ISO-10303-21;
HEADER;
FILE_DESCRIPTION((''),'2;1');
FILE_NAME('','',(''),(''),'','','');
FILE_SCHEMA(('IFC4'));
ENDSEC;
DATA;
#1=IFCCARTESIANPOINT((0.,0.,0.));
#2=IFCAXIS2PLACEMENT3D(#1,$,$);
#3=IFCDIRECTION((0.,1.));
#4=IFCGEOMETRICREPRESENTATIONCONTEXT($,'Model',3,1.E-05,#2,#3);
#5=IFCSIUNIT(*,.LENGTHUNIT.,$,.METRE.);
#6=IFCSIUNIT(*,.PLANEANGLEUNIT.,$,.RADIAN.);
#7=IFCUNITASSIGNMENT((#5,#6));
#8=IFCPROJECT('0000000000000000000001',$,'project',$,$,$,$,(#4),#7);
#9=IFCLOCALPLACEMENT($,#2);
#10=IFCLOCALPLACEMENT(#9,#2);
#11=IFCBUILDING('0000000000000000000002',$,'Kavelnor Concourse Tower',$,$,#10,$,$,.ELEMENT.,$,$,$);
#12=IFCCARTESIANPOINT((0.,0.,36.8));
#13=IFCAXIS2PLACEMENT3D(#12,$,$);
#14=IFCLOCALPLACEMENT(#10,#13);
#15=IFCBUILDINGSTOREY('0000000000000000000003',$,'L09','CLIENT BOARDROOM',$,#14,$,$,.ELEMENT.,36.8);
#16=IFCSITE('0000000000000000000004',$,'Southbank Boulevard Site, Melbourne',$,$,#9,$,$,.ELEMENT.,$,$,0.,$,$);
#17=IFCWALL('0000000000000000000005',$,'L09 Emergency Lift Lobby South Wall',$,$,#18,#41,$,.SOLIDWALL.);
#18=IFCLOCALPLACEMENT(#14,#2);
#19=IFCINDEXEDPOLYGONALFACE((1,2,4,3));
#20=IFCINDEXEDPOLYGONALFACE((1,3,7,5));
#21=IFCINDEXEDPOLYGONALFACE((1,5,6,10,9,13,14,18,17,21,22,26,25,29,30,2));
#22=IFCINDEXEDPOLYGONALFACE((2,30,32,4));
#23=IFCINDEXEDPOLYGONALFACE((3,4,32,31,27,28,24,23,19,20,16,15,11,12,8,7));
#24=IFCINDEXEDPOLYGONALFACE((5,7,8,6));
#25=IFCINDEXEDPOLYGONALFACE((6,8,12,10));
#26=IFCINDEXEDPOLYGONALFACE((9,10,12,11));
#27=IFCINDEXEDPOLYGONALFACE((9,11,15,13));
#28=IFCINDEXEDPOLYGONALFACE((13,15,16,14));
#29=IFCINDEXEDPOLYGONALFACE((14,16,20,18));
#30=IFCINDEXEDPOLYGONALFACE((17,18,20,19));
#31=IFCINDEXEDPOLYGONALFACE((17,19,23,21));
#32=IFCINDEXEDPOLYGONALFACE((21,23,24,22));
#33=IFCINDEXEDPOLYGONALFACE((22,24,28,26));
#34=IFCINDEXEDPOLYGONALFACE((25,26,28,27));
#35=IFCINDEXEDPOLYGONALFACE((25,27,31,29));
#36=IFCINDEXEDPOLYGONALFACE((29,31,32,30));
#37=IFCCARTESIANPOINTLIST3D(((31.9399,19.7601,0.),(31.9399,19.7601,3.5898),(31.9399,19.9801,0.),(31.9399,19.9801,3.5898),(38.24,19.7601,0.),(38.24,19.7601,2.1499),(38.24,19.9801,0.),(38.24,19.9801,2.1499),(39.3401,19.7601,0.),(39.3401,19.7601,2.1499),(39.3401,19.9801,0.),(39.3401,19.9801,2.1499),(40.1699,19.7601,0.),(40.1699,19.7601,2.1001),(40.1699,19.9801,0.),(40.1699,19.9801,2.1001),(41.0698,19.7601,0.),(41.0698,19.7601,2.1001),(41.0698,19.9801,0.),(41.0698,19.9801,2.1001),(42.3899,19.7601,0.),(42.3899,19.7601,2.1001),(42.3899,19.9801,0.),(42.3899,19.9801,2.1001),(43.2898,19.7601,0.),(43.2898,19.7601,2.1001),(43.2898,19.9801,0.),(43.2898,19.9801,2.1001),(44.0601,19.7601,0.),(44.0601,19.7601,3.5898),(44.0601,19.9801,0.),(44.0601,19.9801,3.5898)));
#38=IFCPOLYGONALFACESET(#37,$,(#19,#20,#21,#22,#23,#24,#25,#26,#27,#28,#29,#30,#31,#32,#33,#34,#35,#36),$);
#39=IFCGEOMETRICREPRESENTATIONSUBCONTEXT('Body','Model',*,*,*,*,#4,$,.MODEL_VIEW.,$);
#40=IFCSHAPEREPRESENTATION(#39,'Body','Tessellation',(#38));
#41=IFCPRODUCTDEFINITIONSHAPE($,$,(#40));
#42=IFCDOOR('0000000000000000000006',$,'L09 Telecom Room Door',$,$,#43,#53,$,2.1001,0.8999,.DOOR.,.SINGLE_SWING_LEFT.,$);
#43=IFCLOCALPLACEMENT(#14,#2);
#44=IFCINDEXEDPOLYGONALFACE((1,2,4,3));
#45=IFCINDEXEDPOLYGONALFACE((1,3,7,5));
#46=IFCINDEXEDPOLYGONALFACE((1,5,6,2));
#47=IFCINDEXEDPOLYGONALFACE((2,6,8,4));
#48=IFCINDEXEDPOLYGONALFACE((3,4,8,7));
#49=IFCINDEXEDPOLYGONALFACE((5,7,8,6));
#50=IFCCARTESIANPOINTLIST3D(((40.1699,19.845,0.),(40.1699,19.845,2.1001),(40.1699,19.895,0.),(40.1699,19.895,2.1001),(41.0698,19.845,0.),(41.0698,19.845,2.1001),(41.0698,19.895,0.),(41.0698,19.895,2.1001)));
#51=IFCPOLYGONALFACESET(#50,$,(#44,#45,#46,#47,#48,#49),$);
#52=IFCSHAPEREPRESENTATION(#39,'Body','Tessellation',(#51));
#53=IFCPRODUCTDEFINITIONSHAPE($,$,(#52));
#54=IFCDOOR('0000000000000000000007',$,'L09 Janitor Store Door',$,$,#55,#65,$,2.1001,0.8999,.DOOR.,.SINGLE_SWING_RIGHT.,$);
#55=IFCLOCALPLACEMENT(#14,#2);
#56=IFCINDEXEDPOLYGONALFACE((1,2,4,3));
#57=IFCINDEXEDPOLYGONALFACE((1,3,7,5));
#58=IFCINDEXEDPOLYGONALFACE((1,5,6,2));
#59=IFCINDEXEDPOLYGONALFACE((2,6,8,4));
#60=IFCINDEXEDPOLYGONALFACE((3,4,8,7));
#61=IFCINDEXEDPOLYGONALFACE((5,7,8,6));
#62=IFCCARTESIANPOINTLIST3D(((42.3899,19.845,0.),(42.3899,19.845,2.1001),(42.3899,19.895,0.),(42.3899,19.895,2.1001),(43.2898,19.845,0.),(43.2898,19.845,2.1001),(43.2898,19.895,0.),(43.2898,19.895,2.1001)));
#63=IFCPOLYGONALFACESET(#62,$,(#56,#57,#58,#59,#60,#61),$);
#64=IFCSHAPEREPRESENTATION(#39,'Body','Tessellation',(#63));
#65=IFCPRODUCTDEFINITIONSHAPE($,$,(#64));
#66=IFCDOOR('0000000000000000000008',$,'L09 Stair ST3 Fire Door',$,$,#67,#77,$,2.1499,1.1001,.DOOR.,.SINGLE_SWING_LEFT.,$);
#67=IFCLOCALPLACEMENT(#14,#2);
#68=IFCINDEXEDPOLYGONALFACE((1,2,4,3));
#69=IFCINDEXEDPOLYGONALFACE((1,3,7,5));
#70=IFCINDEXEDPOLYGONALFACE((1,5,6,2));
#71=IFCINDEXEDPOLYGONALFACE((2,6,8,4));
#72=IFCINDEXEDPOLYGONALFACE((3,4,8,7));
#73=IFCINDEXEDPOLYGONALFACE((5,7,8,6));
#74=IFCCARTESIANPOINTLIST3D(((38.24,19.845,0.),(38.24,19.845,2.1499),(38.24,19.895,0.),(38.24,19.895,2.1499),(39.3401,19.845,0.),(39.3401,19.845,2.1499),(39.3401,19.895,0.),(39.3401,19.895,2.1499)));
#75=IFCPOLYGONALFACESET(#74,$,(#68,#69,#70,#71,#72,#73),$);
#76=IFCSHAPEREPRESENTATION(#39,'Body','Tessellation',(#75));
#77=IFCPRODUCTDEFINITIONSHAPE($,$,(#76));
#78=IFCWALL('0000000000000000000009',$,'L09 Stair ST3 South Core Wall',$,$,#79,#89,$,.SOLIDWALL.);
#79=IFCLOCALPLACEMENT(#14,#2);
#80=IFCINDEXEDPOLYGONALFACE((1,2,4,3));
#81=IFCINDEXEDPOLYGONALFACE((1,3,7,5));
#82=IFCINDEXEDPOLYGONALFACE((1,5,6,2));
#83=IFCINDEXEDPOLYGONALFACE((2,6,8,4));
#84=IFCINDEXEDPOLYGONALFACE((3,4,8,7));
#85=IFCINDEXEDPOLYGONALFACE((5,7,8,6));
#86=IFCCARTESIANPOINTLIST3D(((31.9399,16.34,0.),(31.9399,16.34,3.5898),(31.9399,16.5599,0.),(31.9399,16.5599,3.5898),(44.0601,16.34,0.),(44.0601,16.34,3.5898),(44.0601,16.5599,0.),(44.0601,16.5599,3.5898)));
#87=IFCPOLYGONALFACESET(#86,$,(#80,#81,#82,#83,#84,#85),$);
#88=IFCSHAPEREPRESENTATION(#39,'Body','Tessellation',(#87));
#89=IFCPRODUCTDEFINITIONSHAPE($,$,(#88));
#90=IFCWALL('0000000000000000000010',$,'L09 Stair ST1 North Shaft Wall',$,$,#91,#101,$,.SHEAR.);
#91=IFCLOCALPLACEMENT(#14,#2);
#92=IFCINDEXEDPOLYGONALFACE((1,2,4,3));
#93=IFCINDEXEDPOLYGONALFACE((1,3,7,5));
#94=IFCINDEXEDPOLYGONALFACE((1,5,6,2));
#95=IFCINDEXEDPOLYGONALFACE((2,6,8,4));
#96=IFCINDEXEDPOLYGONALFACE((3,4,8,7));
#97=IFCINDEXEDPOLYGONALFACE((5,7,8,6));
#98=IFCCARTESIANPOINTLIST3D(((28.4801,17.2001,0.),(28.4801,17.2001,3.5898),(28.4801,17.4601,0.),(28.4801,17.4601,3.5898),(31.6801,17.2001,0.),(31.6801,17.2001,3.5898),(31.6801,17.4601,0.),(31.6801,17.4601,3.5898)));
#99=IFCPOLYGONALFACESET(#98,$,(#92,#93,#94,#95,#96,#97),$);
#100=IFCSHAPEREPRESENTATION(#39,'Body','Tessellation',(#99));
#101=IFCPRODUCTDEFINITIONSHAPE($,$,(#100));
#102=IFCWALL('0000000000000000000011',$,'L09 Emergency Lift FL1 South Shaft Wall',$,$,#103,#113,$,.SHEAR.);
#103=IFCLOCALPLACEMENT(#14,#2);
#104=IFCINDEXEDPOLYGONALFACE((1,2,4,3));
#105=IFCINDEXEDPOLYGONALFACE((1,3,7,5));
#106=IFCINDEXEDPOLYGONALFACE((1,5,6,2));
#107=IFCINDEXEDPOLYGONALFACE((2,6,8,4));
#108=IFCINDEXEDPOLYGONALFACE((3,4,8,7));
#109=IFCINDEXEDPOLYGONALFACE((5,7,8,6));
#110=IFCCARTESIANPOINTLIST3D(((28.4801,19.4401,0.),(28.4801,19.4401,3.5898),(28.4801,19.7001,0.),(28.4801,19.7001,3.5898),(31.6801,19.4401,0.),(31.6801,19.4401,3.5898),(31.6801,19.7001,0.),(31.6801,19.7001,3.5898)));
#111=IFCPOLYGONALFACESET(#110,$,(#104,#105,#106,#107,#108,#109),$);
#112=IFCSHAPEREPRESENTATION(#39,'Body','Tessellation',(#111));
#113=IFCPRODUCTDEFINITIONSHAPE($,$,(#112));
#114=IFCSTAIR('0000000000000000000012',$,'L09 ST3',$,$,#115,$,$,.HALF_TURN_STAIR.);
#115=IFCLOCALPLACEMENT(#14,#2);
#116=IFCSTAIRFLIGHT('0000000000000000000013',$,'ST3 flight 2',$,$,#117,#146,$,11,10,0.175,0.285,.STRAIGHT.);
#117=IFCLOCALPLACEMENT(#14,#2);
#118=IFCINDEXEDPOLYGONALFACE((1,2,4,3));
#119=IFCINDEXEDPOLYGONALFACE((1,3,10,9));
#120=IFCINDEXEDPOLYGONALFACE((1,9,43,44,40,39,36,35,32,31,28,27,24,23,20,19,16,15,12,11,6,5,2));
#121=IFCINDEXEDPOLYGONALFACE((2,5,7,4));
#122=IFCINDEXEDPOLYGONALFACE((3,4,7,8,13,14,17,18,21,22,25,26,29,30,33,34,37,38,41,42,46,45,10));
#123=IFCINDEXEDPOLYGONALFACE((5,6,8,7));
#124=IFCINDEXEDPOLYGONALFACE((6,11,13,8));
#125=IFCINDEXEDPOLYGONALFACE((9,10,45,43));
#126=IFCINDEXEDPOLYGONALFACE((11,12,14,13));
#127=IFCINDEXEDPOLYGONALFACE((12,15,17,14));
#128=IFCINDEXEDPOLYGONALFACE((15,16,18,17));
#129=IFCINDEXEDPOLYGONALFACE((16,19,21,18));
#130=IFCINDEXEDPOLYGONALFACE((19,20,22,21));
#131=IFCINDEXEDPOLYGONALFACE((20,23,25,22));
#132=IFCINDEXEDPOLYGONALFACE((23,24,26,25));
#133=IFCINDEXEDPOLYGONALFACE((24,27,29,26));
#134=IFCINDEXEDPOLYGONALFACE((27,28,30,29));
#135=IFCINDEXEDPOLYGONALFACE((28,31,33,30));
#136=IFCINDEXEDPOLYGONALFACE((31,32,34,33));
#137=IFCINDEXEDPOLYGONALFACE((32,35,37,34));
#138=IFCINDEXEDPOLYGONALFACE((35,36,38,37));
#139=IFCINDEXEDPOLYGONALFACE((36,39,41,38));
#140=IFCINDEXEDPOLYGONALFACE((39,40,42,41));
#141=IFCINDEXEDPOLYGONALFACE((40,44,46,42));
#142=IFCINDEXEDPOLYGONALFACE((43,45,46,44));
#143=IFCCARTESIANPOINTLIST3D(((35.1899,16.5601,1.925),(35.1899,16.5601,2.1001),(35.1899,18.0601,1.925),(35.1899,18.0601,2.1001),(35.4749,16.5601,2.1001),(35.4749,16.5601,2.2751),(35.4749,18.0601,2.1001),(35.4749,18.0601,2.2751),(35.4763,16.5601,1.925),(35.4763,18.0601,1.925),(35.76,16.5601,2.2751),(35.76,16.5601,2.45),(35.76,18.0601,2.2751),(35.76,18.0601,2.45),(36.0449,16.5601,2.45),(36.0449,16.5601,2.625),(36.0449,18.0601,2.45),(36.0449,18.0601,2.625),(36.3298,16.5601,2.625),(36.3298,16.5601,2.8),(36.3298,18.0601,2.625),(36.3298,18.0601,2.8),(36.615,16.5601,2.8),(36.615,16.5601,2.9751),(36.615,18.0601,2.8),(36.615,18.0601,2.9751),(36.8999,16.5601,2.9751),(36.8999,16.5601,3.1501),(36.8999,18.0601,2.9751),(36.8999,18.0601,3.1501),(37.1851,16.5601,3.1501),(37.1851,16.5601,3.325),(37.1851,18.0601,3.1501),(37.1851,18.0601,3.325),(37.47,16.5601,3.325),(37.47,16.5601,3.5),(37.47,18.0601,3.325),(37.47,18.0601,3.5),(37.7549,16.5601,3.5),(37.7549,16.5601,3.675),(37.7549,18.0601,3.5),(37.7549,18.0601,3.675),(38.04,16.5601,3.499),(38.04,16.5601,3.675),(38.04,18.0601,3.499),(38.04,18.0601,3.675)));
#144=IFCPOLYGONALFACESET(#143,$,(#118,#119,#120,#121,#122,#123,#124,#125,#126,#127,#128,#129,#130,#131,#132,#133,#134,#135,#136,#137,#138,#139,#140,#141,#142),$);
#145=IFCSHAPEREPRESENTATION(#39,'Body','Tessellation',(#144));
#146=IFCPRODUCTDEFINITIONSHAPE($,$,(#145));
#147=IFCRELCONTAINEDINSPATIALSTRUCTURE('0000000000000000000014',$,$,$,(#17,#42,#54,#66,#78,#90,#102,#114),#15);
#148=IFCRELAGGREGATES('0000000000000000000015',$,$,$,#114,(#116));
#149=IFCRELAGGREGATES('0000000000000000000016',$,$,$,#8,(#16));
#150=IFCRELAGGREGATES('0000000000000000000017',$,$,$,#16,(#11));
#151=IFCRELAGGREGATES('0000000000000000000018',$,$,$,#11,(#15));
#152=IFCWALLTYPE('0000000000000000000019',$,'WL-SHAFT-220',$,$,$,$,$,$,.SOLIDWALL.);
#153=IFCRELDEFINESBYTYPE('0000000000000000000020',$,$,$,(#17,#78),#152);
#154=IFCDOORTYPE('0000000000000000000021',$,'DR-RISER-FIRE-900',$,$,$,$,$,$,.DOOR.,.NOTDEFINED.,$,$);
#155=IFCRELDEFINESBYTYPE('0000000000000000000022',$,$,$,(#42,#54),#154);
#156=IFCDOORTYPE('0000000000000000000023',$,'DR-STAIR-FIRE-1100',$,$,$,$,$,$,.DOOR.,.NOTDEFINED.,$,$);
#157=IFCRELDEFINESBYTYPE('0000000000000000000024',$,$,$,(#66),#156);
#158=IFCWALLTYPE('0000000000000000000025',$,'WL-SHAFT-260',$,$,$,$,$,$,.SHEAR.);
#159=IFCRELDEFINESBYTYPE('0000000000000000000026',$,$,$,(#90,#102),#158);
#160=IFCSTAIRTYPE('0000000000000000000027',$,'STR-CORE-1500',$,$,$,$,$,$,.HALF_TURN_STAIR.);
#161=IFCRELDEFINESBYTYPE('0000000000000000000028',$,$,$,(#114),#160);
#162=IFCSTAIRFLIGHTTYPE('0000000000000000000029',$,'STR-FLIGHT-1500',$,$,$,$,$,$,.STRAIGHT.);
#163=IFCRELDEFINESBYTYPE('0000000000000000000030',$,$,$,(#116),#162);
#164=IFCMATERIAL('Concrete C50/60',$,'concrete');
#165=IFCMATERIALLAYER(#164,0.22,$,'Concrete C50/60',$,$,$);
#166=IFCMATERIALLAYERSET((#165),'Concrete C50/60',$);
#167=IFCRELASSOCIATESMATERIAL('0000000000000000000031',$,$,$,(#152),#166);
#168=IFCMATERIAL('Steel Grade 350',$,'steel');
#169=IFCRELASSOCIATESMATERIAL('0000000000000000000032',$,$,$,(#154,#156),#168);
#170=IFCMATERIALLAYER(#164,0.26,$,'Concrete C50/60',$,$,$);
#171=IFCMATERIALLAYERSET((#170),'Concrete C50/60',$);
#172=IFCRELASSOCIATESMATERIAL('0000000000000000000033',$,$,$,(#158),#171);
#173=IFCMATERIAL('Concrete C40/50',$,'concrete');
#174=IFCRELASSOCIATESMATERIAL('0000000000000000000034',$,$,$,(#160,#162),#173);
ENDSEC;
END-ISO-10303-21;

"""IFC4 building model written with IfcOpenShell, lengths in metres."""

from ifc_helpers import new_model, si_unit, direction, frame, frame_2d, origin, place, context, subcontext, project, spatial, polyline, rectangle, outline, extrude, material, layer, layer_set, type_object, element, fill, aggregate, save


model = new_model("IFC4")

# Units and contexts
model_context = context("Model", 3, precision=1e-05, world=origin(), true_north=direction((0.0, 1.0)))
body_context = subcontext(model_context, "Body", "Model", "MODEL_VIEW")
ifc_project = project(units=[si_unit("LENGTHUNIT", "METRE"), si_unit("PLANEANGLEUNIT", "RADIAN")], contexts=[model_context])

# Site, building, storey
site_placement = place(None, origin())
site = spatial("IfcSite", under=ifc_project, at=site_placement, Name="Southbank Boulevard Site, Melbourne", CompositionType="ELEMENT", RefElevation=0.0)
building_placement = place(site_placement, origin())
building = spatial("IfcBuilding", under=site, at=building_placement, Name="Kavelnor Concourse Tower", CompositionType="ELEMENT")
storey_placement = place(building_placement, frame((0.0, 0.0, 36.8)))
storey = spatial("IfcBuildingStorey", under=building, at=storey_placement, Name="L09", Description="CLIENT BOARDROOM", CompositionType="ELEMENT", Elevation=36.8)

# Shared definitions
ifc_material_1 = material(Name="Steel Grade 350", Category="steel")

# Wall, openings, doors
ifc_material_2 = material(Name="Concrete C50/60", Category="concrete")
ifc_layer_1 = layer(ifc_material_2, 0.22, Name="Concrete C50/60")
ifc_layer_set_1 = layer_set([ifc_layer_1], Name="Concrete C50/60")
wall_type_1 = type_object("IfcWallType", Name="WL-SHAFT-220", PredefinedType="SOLIDWALL", material=ifc_layer_set_1)
wall_1_placement = place(storey_placement, frame((31.9399, 19.8701, 0.0), z_axis=(0.0, 0.0, 1.0), x_axis=(1.0, 0.0, 0.0)))
wall_1 = element("IfcWall", 1, at=wall_1_placement, inside=storey, type_object=wall_type_1, Name="L09 Emergency Lift Lobby South Wall", PredefinedType="SOLIDWALL", context=body_context, shape_type="SweptSolid", body=[
    extrude(rectangle(XDim=12.1201, YDim=0.22, at=frame_2d((6.0601, 0.0))), origin(), (0.0, 0.0, 1.0), 3.5898),
])
opening_1_placement = place(wall_1_placement, frame((6.3, 0.0, 0.0)))
opening_1 = element("IfcOpeningElement", 2, at=opening_1_placement, cuts=wall_1, PredefinedType="OPENING", context=body_context, shape_type="SweptSolid", body=[
    extrude(rectangle(XDim=1.1001, YDim=2.1499, at=frame_2d((0.55, 1.075))), frame((0.0, 0.1201, 0.0), z_axis=(0.0, -1.0, 0.0), x_axis=(1.0, 0.0, 0.0)), (0.0, 0.0, 1.0), 0.24),
])
opening_2_placement = place(wall_1_placement, frame((8.23, 0.0, 0.0)))
opening_2 = element("IfcOpeningElement", 3, at=opening_2_placement, cuts=wall_1, PredefinedType="OPENING", context=body_context, shape_type="SweptSolid", body=[
    extrude(rectangle(XDim=0.8999, YDim=2.1001, at=frame_2d((0.45, 1.05))), frame((0.0, 0.1201, 0.0), z_axis=(0.0, -1.0, 0.0), x_axis=(1.0, 0.0, 0.0)), (0.0, 0.0, 1.0), 0.24),
])
opening_3_placement = place(wall_1_placement, frame((10.45, 0.0, 0.0)))
opening_3 = element("IfcOpeningElement", 4, at=opening_3_placement, cuts=wall_1, PredefinedType="OPENING", context=body_context, shape_type="SweptSolid", body=[
    extrude(rectangle(XDim=0.8999, YDim=2.1001, at=frame_2d((0.45, 1.05))), frame((0.0, 0.1201, 0.0), z_axis=(0.0, -1.0, 0.0), x_axis=(1.0, 0.0, 0.0)), (0.0, 0.0, 1.0), 0.24),
])
door_type_1 = type_object("IfcDoorType", Name="DR-RISER-FIRE-900", OperationType="NOTDEFINED", PredefinedType="DOOR", material=ifc_material_1)
door_1_placement = place(opening_2_placement, origin())
door_1 = element("IfcDoor", 5, at=door_1_placement, inside=storey, type_object=door_type_1, Name="L09 Telecom Room Door", OperationType="SINGLE_SWING_LEFT", OverallHeight=2.1001, OverallWidth=0.8999, PredefinedType="DOOR", context=body_context, shape_type="SweptSolid", body=[
    extrude(rectangle(XDim=0.8999, YDim=2.1001, at=frame_2d((0.45, 1.05))), frame((0.0, 0.0249, 0.0), z_axis=(0.0, -1.0, 0.0), x_axis=(1.0, 0.0, 0.0)), (0.0, 0.0, 1.0), 0.05),
])
fill(opening_2, door_1)
door_2_placement = place(opening_3_placement, origin())
door_2 = element("IfcDoor", 6, at=door_2_placement, inside=storey, type_object=door_type_1, Name="L09 Janitor Store Door", OperationType="SINGLE_SWING_RIGHT", OverallHeight=2.1001, OverallWidth=0.8999, PredefinedType="DOOR", context=body_context, shape_type="SweptSolid", body=[
    extrude(rectangle(XDim=0.8999, YDim=2.1001, at=frame_2d((0.45, 1.05))), frame((0.0, 0.0249, 0.0), z_axis=(0.0, -1.0, 0.0), x_axis=(1.0, 0.0, 0.0)), (0.0, 0.0, 1.0), 0.05),
])
fill(opening_3, door_2)
door_type_2 = type_object("IfcDoorType", Name="DR-STAIR-FIRE-1100", OperationType="NOTDEFINED", PredefinedType="DOOR", material=ifc_material_1)
door_3_placement = place(opening_1_placement, origin())
door_3 = element("IfcDoor", 7, at=door_3_placement, inside=storey, type_object=door_type_2, Name="L09 Stair ST3 Fire Door", OperationType="SINGLE_SWING_LEFT", OverallHeight=2.1499, OverallWidth=1.1001, PredefinedType="DOOR", context=body_context, shape_type="SweptSolid", body=[
    extrude(rectangle(XDim=1.1001, YDim=2.1499, at=frame_2d((0.55, 1.075))), frame((0.0, 0.0249, 0.0), z_axis=(0.0, -1.0, 0.0), x_axis=(1.0, 0.0, 0.0)), (0.0, 0.0, 1.0), 0.05),
])
fill(opening_1, door_3)

# Walls
wall_2_placement = place(storey_placement, frame((31.9399, 16.45, 0.0), z_axis=(0.0, 0.0, 1.0), x_axis=(1.0, 0.0, 0.0)))
element("IfcWall", 8, at=wall_2_placement, inside=storey, type_object=wall_type_1, Name="L09 Stair ST3 South Core Wall", PredefinedType="SOLIDWALL", context=body_context, shape_type="SweptSolid", body=[
    extrude(rectangle(XDim=12.1201, YDim=0.22, at=frame_2d((6.0601, 0.0))), origin(), (0.0, 0.0, 1.0), 3.5898),
])
ifc_layer_2 = layer(ifc_material_2, 0.26, Name="Concrete C50/60")
ifc_layer_set_2 = layer_set([ifc_layer_2], Name="Concrete C50/60")
wall_type_2 = type_object("IfcWallType", Name="WL-SHAFT-260", PredefinedType="SHEAR", material=ifc_layer_set_2)
for number, where, z_axis, x_axis, name in (
    (9, (28.48, 17.3301, 0.0), (0.0, 0.0, 1.0), (1.0, 0.0, 0.0), "L09 Stair ST1 North Shaft Wall"),
    (10, (28.48, 19.5701, 0.0), (0.0, 0.0, 1.0), (1.0, 0.0, 0.0), "L09 Emergency Lift FL1 South Shaft Wall"),
):
    element("IfcWall", number, at=place(storey_placement, frame(where, z_axis=z_axis, x_axis=x_axis)), inside=storey, type_object=wall_type_2, Name=name, PredefinedType="SHEAR", context=body_context, shape_type="SweptSolid", body=[
        extrude(rectangle(XDim=3.2, YDim=0.26, at=frame_2d((1.6001, 0.0))), origin(), (0.0, 0.0, 1.0), 3.5898),
    ])

# Stair, stair flight
ifc_material_3 = material(Name="Concrete C40/50", Category="concrete")
stair_type = type_object("IfcStairType", Name="STR-CORE-1500", PredefinedType="HALF_TURN_STAIR", material=ifc_material_3)
stair_placement = place(storey_placement, origin())
stair = element("IfcStair", 11, at=stair_placement, inside=storey, type_object=stair_type, Name="L09 ST3", PredefinedType="HALF_TURN_STAIR")
stair_flight_type = type_object("IfcStairFlightType", Name="STR-FLIGHT-1500", PredefinedType="STRAIGHT", material=ifc_material_3)
stair_flight_placement = place(storey_placement, frame((35.1899, 17.3101, 1.925), z_axis=(0.0, 0.0, 1.0), x_axis=(1.0, 0.0, 0.0)))
stair_flight = element("IfcStairFlight", 12, at=stair_flight_placement, type_object=stair_flight_type, Name="ST3 flight 2", NumberOfRisers=11, NumberOfTreads=10, PredefinedType="STRAIGHT", RiserHeight=0.175, TreadLength=0.285, context=body_context, shape_type="SweptSolid", body=[
    extrude(outline(polyline([(0.0, 0.0), (0.0, 0.175), (0.2849, 0.175), (0.2849, 0.3501), (0.5701, 0.3501), (0.5701, 0.5249), (0.855, 0.5249), (0.855, 0.7), (1.1399, 0.7), (1.1399, 0.875), (1.425, 0.875), (1.425, 1.05), (1.71, 1.05), (1.71, 1.2251), (1.9951, 1.2251), (1.9951, 1.3999), (2.28, 1.3999), (2.28, 1.575), (2.5649, 1.575), (2.5649, 1.75), (2.8501, 1.75), (2.8501, 1.925), (2.8501, 1.574), (0.2864, 0.0), (0.0, 0.0)])), frame((0.0, 0.75, 0.0), z_axis=(0.0, -1.0, 0.0), x_axis=(1.0, 0.0, 0.0)), (0.0, 0.0, 1.0), 1.5),
])
aggregate(stair, [stair_flight])

save(model, "model.ifc")
